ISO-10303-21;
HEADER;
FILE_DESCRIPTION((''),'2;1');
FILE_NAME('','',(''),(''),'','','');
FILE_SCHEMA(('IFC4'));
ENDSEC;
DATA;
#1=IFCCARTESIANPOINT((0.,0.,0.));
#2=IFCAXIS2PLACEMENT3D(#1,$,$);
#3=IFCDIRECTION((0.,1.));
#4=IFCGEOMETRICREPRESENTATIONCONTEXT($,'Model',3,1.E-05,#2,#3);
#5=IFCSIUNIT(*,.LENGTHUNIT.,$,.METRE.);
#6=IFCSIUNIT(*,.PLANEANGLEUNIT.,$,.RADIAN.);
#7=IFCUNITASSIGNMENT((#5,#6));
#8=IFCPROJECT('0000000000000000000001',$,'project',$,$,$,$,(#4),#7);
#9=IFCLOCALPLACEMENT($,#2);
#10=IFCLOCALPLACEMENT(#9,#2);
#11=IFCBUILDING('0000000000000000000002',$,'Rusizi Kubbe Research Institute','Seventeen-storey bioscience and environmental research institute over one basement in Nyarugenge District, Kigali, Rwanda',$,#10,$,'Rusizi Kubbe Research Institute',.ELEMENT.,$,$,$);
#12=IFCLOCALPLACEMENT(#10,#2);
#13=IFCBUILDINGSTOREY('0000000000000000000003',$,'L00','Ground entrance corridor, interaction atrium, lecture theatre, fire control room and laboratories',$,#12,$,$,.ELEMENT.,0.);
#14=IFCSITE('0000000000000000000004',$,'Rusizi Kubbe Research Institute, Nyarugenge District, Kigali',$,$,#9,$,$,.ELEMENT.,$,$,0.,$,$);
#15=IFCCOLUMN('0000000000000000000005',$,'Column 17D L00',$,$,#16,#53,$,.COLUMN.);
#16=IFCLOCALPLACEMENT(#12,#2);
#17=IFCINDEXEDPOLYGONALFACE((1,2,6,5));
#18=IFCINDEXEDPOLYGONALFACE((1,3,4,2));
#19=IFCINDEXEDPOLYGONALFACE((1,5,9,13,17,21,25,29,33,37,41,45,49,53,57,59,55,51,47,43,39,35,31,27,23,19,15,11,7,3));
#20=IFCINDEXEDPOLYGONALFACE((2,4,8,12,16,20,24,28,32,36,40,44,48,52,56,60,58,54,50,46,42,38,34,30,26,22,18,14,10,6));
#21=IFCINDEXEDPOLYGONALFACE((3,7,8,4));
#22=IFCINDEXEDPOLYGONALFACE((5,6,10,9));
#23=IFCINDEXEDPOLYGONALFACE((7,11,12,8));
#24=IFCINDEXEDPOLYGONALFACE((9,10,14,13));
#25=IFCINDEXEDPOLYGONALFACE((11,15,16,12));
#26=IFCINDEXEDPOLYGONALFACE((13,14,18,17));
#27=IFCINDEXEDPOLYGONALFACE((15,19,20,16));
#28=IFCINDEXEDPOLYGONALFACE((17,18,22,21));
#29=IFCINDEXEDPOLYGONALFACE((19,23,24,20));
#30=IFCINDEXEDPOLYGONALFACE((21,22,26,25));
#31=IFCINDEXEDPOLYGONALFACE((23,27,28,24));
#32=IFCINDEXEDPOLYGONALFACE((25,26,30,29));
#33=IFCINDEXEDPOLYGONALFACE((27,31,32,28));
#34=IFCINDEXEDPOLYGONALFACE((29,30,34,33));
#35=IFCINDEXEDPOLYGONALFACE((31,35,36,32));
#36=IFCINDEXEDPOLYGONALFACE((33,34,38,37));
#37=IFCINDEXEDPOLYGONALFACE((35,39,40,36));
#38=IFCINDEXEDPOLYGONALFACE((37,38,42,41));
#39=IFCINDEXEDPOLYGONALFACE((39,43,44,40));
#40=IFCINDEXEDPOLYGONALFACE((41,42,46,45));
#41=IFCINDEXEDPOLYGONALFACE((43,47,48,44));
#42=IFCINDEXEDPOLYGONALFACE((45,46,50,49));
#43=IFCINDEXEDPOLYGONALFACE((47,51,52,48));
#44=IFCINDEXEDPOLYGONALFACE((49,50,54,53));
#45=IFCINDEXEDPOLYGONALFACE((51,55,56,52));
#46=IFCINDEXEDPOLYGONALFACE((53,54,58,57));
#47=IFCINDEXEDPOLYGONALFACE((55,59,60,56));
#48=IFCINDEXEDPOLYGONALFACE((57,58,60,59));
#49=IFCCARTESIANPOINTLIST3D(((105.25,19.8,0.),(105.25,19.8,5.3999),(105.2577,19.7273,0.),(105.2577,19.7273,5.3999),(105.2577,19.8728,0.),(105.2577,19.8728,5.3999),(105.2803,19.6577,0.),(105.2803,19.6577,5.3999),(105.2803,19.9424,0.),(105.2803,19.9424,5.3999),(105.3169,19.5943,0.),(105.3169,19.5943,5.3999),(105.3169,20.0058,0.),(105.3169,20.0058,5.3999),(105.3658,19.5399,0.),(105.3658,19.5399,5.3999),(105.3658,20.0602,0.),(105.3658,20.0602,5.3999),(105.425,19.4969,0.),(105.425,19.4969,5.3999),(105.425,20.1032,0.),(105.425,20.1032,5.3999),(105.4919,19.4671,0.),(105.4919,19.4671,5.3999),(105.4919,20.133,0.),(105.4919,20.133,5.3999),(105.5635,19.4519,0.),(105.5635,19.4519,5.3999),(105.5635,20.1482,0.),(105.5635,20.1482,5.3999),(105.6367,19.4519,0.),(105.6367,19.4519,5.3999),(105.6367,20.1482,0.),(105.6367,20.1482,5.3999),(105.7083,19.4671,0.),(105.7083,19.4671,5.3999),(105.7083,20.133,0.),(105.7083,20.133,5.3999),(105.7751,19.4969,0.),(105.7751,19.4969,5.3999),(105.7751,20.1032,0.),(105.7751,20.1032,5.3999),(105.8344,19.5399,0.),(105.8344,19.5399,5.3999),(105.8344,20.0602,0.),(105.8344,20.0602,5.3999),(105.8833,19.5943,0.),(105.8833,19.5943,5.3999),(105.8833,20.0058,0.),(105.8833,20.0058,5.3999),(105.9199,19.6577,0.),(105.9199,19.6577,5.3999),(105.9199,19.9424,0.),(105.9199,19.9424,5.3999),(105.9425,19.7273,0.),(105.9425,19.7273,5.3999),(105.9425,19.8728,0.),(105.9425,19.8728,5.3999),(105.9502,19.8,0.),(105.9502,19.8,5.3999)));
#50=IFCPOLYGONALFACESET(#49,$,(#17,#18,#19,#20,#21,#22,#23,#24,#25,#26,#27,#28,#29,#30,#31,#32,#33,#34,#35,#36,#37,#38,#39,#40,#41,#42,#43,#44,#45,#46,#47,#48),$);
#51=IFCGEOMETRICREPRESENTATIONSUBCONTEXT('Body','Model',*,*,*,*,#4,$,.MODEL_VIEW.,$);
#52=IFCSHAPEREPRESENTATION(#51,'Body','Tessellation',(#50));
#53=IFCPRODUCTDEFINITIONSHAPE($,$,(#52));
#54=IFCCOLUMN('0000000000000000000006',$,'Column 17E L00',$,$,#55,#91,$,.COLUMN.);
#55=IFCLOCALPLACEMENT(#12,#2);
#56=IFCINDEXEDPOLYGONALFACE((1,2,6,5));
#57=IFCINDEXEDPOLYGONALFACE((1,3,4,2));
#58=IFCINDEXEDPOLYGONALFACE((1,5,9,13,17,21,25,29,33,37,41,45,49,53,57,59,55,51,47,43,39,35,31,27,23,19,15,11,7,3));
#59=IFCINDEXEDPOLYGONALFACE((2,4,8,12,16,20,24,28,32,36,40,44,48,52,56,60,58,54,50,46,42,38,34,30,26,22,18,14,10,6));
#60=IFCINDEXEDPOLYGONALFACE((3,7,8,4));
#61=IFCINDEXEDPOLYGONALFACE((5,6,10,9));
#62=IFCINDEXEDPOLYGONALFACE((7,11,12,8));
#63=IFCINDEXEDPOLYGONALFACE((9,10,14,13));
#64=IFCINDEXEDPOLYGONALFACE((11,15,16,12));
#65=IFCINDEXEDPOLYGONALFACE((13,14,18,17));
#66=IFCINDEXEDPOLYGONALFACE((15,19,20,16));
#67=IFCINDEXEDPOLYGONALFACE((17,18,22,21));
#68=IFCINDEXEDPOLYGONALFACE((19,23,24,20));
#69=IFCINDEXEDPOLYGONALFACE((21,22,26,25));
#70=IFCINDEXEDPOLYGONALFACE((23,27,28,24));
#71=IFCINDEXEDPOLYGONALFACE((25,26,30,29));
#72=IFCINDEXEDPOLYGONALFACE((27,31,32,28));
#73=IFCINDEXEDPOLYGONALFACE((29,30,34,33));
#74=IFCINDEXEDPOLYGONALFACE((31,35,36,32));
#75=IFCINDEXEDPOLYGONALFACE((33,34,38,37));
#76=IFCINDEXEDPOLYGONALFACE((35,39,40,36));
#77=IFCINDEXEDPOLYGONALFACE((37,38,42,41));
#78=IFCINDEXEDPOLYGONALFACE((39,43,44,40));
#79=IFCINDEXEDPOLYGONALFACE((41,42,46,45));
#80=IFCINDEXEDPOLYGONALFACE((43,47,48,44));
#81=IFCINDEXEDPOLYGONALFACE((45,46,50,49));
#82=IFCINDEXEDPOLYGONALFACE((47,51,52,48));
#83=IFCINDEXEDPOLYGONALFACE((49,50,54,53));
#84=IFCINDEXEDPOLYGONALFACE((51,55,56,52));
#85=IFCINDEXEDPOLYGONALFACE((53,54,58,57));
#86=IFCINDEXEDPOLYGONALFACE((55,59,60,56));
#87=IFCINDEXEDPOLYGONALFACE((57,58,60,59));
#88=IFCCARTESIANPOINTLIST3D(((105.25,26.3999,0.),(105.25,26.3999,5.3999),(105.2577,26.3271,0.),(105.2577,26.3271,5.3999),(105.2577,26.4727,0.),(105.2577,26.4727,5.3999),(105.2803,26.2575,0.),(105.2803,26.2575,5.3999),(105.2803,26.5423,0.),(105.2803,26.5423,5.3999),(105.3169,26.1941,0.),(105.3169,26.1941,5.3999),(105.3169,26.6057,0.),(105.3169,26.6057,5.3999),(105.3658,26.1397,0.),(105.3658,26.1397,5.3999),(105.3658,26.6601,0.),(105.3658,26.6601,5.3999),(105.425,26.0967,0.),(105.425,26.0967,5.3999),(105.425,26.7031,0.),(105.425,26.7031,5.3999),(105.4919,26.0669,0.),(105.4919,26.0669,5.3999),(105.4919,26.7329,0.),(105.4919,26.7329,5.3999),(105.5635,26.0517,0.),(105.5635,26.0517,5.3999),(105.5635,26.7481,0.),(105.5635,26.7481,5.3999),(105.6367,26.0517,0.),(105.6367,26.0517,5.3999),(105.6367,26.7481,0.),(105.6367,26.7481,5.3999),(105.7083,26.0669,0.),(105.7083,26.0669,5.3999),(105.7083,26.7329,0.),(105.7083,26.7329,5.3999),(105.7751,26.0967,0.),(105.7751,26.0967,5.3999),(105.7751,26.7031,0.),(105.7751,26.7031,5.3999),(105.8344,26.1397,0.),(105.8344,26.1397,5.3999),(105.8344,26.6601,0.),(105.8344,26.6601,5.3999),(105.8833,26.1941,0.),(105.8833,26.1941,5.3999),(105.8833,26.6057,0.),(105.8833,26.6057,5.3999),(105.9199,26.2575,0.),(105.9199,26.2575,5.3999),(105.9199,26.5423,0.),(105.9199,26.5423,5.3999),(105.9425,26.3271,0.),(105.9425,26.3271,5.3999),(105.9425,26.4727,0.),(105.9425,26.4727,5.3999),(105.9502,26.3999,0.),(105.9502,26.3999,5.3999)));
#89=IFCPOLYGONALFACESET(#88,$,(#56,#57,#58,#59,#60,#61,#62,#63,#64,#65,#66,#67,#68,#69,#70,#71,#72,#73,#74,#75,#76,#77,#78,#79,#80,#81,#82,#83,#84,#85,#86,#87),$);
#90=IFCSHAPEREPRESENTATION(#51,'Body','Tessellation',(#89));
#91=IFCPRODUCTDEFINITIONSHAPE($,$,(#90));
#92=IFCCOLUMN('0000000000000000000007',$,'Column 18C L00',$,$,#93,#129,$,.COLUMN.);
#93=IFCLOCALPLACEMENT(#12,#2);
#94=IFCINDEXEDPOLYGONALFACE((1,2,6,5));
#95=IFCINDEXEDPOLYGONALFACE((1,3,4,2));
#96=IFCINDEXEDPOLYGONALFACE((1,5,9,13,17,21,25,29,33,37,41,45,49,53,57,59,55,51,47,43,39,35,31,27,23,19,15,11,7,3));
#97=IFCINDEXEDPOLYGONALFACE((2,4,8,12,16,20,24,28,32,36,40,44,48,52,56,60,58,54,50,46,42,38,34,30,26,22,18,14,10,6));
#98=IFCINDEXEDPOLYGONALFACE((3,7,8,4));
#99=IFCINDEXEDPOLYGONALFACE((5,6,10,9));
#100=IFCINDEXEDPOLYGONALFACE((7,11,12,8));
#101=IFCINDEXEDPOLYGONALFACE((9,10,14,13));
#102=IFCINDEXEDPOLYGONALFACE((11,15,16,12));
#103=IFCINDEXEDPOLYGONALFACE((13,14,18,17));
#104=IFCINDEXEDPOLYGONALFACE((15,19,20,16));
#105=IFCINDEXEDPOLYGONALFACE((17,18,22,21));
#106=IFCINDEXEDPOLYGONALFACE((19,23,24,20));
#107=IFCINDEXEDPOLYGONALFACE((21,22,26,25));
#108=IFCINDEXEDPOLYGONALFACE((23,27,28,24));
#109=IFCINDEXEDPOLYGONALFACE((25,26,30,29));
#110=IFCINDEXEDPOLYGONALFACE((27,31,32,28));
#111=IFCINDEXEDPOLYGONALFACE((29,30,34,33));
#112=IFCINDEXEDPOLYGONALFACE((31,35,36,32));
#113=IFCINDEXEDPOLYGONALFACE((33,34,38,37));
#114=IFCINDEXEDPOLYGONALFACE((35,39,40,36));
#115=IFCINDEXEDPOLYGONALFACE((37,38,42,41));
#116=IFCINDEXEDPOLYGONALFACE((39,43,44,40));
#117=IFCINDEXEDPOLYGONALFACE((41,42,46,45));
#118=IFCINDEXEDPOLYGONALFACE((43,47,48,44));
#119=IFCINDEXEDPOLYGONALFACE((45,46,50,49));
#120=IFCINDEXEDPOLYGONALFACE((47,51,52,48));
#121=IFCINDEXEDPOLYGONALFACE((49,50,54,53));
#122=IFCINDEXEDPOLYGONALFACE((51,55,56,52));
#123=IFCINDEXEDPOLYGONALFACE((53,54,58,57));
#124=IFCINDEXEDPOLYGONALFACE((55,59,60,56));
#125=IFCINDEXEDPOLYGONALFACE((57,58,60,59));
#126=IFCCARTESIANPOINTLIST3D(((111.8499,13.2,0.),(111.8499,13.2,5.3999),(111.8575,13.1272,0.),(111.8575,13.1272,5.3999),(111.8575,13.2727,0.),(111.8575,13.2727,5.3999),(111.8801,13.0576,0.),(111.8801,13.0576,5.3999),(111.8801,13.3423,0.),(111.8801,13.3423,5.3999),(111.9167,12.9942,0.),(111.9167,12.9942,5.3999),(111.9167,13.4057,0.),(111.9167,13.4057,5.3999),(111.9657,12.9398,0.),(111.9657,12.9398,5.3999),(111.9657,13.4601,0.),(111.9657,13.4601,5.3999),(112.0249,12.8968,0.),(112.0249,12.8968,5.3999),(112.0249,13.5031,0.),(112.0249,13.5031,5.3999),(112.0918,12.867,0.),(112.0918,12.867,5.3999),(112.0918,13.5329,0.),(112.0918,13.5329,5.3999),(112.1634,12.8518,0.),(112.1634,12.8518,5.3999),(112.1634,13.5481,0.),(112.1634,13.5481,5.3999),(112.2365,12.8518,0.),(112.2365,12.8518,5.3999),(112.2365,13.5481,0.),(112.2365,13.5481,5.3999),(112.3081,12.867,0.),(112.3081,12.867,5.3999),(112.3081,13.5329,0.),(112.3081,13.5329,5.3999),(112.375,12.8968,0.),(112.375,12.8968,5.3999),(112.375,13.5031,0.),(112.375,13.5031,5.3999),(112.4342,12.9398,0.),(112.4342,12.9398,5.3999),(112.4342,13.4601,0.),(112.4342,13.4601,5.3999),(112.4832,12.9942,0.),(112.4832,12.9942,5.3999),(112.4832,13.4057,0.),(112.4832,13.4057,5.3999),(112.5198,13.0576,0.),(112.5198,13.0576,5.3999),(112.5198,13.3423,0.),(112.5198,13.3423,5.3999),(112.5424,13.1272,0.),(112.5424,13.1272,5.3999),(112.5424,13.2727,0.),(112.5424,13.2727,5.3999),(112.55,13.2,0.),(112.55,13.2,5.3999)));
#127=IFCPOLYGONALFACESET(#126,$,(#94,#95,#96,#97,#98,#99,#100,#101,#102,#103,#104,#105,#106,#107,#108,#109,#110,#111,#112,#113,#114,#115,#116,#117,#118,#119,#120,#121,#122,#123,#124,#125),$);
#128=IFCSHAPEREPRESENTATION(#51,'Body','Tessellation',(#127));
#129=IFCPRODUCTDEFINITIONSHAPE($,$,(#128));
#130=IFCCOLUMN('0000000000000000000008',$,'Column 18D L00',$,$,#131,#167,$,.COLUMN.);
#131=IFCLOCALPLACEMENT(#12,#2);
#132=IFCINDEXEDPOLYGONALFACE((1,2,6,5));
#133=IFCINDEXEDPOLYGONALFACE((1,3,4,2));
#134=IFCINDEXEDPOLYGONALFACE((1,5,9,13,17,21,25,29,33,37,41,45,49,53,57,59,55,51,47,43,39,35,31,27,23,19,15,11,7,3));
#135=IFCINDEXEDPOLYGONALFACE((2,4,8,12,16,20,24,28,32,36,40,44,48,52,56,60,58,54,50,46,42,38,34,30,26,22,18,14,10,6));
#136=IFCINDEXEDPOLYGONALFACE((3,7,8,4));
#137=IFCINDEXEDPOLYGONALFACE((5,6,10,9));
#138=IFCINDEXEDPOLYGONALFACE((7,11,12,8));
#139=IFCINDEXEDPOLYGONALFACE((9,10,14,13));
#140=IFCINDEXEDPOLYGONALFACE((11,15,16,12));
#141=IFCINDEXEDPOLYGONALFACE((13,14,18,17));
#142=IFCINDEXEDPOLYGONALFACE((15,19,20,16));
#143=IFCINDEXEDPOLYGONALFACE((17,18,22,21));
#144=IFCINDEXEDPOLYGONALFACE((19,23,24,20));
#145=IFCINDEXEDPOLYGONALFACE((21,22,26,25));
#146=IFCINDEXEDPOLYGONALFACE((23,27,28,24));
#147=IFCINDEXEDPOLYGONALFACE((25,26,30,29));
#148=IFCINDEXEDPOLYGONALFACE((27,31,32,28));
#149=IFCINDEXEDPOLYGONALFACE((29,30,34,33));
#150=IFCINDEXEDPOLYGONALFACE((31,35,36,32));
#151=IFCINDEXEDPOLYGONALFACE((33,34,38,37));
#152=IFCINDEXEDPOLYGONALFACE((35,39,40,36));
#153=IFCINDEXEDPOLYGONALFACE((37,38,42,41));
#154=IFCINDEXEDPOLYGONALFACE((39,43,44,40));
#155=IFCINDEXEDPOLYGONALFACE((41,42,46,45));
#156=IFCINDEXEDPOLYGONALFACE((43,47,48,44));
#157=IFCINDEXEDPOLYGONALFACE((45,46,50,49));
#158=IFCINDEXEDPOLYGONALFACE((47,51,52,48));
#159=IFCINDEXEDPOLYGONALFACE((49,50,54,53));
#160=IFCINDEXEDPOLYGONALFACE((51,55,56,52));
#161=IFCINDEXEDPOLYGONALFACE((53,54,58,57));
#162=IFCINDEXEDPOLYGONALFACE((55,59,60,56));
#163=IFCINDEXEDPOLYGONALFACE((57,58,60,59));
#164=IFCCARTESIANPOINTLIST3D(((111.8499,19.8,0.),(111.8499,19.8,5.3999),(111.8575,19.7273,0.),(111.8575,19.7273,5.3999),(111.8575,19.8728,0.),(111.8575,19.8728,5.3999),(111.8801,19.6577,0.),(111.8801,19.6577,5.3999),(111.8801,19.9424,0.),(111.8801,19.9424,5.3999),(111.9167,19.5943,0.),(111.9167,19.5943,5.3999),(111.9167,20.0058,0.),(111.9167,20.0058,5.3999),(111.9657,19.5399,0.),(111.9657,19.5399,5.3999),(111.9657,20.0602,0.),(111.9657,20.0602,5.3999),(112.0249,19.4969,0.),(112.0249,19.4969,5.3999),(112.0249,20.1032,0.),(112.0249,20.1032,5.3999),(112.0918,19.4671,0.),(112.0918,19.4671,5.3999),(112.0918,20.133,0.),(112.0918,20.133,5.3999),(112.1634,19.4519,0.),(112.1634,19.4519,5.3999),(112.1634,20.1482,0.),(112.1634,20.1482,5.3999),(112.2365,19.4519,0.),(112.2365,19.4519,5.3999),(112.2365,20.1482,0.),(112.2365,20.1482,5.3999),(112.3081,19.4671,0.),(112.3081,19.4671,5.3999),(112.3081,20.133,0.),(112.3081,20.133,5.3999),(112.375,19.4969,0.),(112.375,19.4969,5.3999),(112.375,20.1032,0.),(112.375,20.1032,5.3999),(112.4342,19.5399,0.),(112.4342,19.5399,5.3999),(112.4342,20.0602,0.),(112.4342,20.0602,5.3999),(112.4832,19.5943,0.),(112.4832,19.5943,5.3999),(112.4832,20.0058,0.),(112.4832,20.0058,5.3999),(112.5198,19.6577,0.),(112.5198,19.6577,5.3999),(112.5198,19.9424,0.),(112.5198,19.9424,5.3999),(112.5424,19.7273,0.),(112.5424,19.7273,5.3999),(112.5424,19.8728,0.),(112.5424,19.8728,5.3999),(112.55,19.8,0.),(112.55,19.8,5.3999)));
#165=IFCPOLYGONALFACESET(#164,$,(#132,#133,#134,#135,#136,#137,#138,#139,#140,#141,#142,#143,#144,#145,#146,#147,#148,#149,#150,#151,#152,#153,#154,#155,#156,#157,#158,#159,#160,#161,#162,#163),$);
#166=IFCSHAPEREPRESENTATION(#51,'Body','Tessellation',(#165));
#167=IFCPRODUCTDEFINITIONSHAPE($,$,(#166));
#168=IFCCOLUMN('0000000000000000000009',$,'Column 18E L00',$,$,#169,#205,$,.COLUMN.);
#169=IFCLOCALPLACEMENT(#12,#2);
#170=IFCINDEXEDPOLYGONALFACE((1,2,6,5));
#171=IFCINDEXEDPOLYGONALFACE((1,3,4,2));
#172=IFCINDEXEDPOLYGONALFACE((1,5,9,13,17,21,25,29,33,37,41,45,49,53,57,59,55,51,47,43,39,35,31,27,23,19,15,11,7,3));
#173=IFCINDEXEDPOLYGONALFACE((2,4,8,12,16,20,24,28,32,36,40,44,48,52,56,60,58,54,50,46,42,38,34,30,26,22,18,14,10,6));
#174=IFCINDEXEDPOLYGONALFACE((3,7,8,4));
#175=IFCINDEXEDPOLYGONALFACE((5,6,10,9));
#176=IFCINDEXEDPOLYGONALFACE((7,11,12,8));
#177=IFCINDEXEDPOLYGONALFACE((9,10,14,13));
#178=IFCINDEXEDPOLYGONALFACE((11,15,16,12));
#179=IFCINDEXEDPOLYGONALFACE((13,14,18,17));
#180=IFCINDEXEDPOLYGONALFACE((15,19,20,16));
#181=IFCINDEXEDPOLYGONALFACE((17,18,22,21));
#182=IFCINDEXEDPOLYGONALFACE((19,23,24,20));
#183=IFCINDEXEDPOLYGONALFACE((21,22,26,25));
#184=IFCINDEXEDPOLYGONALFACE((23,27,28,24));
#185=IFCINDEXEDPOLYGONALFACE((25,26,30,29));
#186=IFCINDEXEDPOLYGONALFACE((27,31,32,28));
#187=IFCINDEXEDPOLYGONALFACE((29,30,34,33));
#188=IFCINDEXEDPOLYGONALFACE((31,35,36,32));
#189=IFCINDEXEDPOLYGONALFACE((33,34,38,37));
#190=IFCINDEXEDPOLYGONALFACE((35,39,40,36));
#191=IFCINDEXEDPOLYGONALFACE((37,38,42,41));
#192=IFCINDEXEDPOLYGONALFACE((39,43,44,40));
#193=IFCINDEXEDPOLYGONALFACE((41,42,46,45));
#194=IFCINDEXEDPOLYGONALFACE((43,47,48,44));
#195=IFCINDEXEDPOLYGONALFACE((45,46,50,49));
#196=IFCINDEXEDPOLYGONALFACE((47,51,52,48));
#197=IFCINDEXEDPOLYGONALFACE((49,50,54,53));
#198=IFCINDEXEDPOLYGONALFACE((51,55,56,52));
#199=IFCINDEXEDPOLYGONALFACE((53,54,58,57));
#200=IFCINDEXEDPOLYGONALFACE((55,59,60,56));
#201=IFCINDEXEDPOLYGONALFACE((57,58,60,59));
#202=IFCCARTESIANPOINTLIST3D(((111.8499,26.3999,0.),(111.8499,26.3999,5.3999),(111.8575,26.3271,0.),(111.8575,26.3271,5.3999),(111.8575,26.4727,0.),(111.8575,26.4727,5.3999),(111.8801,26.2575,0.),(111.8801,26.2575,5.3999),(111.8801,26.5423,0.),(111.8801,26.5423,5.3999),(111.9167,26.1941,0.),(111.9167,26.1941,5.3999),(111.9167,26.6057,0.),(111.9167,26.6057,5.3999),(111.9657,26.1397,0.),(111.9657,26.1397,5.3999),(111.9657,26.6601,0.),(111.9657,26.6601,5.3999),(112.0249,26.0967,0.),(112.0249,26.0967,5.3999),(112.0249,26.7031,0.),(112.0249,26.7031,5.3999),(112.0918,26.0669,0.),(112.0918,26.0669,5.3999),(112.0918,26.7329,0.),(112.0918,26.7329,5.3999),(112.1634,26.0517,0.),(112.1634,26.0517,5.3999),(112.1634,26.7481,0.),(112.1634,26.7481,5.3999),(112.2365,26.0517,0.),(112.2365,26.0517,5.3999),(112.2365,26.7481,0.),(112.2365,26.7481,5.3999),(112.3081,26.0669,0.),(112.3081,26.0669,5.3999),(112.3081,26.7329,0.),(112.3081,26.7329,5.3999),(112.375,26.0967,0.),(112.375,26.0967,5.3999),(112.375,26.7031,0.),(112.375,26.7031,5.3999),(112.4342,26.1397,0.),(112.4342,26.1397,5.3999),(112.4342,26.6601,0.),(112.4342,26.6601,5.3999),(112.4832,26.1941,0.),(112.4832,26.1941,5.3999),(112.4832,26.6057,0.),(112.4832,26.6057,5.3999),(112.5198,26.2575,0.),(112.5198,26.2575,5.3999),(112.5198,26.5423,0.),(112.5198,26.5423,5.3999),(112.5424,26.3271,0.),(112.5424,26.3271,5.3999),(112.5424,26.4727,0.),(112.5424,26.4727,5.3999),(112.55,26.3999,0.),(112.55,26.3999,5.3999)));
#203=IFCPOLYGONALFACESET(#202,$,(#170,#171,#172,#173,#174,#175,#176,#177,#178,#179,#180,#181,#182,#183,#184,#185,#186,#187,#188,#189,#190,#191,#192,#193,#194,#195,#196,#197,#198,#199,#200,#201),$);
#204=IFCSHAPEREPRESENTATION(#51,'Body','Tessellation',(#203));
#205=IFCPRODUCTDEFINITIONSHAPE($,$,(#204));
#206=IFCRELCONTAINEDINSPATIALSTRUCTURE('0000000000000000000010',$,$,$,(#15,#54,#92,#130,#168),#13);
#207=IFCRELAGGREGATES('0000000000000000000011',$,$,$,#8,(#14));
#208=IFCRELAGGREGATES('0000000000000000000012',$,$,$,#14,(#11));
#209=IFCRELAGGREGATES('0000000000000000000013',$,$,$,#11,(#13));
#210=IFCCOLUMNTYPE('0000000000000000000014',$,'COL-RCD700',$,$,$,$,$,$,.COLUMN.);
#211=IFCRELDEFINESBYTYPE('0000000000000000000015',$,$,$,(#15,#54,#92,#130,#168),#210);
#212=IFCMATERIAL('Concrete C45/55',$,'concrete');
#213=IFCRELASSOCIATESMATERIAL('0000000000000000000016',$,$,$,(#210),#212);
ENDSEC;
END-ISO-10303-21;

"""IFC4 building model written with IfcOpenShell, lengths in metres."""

from ifc_helpers import new_model, si_unit, direction, frame, origin, origin_2d, place, context, subcontext, project, spatial, circle, extrude, material, material_profile, profile_set, type_object, element, save


model = new_model("IFC4")

# Units and contexts
model_context = context("Model", 3, precision=1e-05, world=origin(), true_north=direction((0.0, 1.0)))
body_context = subcontext(model_context, "Body", "Model", "MODEL_VIEW")
ifc_project = project(units=[si_unit("LENGTHUNIT", "METRE"), si_unit("PLANEANGLEUNIT", "RADIAN")], contexts=[model_context])

# Site, building, storey
site_placement = place(None, origin())
site = spatial("IfcSite", under=ifc_project, at=site_placement, Name="Rusizi Kubbe Research Institute, Nyarugenge District, Kigali", CompositionType="ELEMENT", RefElevation=0.0)
building_placement = place(site_placement, origin())
building = spatial("IfcBuilding", under=site, at=building_placement, Name="Rusizi Kubbe Research Institute", Description="Seventeen-storey bioscience and environmental research institute over one basement in Nyarugenge District, Kigali, Rwanda", LongName="Rusizi Kubbe Research Institute", CompositionType="ELEMENT")
storey_placement = place(building_placement, origin())
storey = spatial("IfcBuildingStorey", under=building, at=storey_placement, Name="L00", Description="Ground entrance corridor, interaction atrium, lecture theatre, fire control room and laboratories", CompositionType="ELEMENT", Elevation=0.0)

# Columns
ifc_material_1 = material(Name="Concrete C45/55", Category="concrete")
ifc_material_profile_1 = material_profile(ifc_material_1, circle(Radius=0.3501, at=origin_2d()), Name="RCD700")
ifc_profile_set_1 = profile_set([ifc_material_profile_1], Name="Concrete C45/55")
column_type = type_object("IfcColumnType", Name="COL-RCD700", PredefinedType="COLUMN", material=ifc_profile_set_1)
for number, where, z_axis, x_axis, name in (
    (1, (105.6001, 19.8, 0.0), (0.0, 0.0, 1.0), (1.0, 0.0, 0.0), "Column 17D L00"),
    (2, (105.6001, 26.3999, 0.0), (0.0, 0.0, 1.0), (1.0, 0.0, 0.0), "Column 17E L00"),
    (3, (112.2, 13.2, 0.0), (0.0, 0.0, 1.0), (1.0, 0.0, 0.0), "Column 18C L00"),
    (4, (112.2, 19.8, 0.0), (0.0, 0.0, 1.0), (1.0, 0.0, 0.0), "Column 18D L00"),
    (5, (112.2, 26.3999, 0.0), (0.0, 0.0, 1.0), (1.0, 0.0, 0.0), "Column 18E L00"),
):
    element("IfcColumn", number, at=place(storey_placement, frame(where, z_axis=z_axis, x_axis=x_axis)), inside=storey, type_object=column_type, Name=name, PredefinedType="COLUMN", context=body_context, shape_type="SweptSolid", body=[
        extrude(circle(Radius=0.3501, at=origin_2d()), origin(), (0.0, 0.0, 1.0), 5.3999),
    ])

save(model, "model.ifc")
